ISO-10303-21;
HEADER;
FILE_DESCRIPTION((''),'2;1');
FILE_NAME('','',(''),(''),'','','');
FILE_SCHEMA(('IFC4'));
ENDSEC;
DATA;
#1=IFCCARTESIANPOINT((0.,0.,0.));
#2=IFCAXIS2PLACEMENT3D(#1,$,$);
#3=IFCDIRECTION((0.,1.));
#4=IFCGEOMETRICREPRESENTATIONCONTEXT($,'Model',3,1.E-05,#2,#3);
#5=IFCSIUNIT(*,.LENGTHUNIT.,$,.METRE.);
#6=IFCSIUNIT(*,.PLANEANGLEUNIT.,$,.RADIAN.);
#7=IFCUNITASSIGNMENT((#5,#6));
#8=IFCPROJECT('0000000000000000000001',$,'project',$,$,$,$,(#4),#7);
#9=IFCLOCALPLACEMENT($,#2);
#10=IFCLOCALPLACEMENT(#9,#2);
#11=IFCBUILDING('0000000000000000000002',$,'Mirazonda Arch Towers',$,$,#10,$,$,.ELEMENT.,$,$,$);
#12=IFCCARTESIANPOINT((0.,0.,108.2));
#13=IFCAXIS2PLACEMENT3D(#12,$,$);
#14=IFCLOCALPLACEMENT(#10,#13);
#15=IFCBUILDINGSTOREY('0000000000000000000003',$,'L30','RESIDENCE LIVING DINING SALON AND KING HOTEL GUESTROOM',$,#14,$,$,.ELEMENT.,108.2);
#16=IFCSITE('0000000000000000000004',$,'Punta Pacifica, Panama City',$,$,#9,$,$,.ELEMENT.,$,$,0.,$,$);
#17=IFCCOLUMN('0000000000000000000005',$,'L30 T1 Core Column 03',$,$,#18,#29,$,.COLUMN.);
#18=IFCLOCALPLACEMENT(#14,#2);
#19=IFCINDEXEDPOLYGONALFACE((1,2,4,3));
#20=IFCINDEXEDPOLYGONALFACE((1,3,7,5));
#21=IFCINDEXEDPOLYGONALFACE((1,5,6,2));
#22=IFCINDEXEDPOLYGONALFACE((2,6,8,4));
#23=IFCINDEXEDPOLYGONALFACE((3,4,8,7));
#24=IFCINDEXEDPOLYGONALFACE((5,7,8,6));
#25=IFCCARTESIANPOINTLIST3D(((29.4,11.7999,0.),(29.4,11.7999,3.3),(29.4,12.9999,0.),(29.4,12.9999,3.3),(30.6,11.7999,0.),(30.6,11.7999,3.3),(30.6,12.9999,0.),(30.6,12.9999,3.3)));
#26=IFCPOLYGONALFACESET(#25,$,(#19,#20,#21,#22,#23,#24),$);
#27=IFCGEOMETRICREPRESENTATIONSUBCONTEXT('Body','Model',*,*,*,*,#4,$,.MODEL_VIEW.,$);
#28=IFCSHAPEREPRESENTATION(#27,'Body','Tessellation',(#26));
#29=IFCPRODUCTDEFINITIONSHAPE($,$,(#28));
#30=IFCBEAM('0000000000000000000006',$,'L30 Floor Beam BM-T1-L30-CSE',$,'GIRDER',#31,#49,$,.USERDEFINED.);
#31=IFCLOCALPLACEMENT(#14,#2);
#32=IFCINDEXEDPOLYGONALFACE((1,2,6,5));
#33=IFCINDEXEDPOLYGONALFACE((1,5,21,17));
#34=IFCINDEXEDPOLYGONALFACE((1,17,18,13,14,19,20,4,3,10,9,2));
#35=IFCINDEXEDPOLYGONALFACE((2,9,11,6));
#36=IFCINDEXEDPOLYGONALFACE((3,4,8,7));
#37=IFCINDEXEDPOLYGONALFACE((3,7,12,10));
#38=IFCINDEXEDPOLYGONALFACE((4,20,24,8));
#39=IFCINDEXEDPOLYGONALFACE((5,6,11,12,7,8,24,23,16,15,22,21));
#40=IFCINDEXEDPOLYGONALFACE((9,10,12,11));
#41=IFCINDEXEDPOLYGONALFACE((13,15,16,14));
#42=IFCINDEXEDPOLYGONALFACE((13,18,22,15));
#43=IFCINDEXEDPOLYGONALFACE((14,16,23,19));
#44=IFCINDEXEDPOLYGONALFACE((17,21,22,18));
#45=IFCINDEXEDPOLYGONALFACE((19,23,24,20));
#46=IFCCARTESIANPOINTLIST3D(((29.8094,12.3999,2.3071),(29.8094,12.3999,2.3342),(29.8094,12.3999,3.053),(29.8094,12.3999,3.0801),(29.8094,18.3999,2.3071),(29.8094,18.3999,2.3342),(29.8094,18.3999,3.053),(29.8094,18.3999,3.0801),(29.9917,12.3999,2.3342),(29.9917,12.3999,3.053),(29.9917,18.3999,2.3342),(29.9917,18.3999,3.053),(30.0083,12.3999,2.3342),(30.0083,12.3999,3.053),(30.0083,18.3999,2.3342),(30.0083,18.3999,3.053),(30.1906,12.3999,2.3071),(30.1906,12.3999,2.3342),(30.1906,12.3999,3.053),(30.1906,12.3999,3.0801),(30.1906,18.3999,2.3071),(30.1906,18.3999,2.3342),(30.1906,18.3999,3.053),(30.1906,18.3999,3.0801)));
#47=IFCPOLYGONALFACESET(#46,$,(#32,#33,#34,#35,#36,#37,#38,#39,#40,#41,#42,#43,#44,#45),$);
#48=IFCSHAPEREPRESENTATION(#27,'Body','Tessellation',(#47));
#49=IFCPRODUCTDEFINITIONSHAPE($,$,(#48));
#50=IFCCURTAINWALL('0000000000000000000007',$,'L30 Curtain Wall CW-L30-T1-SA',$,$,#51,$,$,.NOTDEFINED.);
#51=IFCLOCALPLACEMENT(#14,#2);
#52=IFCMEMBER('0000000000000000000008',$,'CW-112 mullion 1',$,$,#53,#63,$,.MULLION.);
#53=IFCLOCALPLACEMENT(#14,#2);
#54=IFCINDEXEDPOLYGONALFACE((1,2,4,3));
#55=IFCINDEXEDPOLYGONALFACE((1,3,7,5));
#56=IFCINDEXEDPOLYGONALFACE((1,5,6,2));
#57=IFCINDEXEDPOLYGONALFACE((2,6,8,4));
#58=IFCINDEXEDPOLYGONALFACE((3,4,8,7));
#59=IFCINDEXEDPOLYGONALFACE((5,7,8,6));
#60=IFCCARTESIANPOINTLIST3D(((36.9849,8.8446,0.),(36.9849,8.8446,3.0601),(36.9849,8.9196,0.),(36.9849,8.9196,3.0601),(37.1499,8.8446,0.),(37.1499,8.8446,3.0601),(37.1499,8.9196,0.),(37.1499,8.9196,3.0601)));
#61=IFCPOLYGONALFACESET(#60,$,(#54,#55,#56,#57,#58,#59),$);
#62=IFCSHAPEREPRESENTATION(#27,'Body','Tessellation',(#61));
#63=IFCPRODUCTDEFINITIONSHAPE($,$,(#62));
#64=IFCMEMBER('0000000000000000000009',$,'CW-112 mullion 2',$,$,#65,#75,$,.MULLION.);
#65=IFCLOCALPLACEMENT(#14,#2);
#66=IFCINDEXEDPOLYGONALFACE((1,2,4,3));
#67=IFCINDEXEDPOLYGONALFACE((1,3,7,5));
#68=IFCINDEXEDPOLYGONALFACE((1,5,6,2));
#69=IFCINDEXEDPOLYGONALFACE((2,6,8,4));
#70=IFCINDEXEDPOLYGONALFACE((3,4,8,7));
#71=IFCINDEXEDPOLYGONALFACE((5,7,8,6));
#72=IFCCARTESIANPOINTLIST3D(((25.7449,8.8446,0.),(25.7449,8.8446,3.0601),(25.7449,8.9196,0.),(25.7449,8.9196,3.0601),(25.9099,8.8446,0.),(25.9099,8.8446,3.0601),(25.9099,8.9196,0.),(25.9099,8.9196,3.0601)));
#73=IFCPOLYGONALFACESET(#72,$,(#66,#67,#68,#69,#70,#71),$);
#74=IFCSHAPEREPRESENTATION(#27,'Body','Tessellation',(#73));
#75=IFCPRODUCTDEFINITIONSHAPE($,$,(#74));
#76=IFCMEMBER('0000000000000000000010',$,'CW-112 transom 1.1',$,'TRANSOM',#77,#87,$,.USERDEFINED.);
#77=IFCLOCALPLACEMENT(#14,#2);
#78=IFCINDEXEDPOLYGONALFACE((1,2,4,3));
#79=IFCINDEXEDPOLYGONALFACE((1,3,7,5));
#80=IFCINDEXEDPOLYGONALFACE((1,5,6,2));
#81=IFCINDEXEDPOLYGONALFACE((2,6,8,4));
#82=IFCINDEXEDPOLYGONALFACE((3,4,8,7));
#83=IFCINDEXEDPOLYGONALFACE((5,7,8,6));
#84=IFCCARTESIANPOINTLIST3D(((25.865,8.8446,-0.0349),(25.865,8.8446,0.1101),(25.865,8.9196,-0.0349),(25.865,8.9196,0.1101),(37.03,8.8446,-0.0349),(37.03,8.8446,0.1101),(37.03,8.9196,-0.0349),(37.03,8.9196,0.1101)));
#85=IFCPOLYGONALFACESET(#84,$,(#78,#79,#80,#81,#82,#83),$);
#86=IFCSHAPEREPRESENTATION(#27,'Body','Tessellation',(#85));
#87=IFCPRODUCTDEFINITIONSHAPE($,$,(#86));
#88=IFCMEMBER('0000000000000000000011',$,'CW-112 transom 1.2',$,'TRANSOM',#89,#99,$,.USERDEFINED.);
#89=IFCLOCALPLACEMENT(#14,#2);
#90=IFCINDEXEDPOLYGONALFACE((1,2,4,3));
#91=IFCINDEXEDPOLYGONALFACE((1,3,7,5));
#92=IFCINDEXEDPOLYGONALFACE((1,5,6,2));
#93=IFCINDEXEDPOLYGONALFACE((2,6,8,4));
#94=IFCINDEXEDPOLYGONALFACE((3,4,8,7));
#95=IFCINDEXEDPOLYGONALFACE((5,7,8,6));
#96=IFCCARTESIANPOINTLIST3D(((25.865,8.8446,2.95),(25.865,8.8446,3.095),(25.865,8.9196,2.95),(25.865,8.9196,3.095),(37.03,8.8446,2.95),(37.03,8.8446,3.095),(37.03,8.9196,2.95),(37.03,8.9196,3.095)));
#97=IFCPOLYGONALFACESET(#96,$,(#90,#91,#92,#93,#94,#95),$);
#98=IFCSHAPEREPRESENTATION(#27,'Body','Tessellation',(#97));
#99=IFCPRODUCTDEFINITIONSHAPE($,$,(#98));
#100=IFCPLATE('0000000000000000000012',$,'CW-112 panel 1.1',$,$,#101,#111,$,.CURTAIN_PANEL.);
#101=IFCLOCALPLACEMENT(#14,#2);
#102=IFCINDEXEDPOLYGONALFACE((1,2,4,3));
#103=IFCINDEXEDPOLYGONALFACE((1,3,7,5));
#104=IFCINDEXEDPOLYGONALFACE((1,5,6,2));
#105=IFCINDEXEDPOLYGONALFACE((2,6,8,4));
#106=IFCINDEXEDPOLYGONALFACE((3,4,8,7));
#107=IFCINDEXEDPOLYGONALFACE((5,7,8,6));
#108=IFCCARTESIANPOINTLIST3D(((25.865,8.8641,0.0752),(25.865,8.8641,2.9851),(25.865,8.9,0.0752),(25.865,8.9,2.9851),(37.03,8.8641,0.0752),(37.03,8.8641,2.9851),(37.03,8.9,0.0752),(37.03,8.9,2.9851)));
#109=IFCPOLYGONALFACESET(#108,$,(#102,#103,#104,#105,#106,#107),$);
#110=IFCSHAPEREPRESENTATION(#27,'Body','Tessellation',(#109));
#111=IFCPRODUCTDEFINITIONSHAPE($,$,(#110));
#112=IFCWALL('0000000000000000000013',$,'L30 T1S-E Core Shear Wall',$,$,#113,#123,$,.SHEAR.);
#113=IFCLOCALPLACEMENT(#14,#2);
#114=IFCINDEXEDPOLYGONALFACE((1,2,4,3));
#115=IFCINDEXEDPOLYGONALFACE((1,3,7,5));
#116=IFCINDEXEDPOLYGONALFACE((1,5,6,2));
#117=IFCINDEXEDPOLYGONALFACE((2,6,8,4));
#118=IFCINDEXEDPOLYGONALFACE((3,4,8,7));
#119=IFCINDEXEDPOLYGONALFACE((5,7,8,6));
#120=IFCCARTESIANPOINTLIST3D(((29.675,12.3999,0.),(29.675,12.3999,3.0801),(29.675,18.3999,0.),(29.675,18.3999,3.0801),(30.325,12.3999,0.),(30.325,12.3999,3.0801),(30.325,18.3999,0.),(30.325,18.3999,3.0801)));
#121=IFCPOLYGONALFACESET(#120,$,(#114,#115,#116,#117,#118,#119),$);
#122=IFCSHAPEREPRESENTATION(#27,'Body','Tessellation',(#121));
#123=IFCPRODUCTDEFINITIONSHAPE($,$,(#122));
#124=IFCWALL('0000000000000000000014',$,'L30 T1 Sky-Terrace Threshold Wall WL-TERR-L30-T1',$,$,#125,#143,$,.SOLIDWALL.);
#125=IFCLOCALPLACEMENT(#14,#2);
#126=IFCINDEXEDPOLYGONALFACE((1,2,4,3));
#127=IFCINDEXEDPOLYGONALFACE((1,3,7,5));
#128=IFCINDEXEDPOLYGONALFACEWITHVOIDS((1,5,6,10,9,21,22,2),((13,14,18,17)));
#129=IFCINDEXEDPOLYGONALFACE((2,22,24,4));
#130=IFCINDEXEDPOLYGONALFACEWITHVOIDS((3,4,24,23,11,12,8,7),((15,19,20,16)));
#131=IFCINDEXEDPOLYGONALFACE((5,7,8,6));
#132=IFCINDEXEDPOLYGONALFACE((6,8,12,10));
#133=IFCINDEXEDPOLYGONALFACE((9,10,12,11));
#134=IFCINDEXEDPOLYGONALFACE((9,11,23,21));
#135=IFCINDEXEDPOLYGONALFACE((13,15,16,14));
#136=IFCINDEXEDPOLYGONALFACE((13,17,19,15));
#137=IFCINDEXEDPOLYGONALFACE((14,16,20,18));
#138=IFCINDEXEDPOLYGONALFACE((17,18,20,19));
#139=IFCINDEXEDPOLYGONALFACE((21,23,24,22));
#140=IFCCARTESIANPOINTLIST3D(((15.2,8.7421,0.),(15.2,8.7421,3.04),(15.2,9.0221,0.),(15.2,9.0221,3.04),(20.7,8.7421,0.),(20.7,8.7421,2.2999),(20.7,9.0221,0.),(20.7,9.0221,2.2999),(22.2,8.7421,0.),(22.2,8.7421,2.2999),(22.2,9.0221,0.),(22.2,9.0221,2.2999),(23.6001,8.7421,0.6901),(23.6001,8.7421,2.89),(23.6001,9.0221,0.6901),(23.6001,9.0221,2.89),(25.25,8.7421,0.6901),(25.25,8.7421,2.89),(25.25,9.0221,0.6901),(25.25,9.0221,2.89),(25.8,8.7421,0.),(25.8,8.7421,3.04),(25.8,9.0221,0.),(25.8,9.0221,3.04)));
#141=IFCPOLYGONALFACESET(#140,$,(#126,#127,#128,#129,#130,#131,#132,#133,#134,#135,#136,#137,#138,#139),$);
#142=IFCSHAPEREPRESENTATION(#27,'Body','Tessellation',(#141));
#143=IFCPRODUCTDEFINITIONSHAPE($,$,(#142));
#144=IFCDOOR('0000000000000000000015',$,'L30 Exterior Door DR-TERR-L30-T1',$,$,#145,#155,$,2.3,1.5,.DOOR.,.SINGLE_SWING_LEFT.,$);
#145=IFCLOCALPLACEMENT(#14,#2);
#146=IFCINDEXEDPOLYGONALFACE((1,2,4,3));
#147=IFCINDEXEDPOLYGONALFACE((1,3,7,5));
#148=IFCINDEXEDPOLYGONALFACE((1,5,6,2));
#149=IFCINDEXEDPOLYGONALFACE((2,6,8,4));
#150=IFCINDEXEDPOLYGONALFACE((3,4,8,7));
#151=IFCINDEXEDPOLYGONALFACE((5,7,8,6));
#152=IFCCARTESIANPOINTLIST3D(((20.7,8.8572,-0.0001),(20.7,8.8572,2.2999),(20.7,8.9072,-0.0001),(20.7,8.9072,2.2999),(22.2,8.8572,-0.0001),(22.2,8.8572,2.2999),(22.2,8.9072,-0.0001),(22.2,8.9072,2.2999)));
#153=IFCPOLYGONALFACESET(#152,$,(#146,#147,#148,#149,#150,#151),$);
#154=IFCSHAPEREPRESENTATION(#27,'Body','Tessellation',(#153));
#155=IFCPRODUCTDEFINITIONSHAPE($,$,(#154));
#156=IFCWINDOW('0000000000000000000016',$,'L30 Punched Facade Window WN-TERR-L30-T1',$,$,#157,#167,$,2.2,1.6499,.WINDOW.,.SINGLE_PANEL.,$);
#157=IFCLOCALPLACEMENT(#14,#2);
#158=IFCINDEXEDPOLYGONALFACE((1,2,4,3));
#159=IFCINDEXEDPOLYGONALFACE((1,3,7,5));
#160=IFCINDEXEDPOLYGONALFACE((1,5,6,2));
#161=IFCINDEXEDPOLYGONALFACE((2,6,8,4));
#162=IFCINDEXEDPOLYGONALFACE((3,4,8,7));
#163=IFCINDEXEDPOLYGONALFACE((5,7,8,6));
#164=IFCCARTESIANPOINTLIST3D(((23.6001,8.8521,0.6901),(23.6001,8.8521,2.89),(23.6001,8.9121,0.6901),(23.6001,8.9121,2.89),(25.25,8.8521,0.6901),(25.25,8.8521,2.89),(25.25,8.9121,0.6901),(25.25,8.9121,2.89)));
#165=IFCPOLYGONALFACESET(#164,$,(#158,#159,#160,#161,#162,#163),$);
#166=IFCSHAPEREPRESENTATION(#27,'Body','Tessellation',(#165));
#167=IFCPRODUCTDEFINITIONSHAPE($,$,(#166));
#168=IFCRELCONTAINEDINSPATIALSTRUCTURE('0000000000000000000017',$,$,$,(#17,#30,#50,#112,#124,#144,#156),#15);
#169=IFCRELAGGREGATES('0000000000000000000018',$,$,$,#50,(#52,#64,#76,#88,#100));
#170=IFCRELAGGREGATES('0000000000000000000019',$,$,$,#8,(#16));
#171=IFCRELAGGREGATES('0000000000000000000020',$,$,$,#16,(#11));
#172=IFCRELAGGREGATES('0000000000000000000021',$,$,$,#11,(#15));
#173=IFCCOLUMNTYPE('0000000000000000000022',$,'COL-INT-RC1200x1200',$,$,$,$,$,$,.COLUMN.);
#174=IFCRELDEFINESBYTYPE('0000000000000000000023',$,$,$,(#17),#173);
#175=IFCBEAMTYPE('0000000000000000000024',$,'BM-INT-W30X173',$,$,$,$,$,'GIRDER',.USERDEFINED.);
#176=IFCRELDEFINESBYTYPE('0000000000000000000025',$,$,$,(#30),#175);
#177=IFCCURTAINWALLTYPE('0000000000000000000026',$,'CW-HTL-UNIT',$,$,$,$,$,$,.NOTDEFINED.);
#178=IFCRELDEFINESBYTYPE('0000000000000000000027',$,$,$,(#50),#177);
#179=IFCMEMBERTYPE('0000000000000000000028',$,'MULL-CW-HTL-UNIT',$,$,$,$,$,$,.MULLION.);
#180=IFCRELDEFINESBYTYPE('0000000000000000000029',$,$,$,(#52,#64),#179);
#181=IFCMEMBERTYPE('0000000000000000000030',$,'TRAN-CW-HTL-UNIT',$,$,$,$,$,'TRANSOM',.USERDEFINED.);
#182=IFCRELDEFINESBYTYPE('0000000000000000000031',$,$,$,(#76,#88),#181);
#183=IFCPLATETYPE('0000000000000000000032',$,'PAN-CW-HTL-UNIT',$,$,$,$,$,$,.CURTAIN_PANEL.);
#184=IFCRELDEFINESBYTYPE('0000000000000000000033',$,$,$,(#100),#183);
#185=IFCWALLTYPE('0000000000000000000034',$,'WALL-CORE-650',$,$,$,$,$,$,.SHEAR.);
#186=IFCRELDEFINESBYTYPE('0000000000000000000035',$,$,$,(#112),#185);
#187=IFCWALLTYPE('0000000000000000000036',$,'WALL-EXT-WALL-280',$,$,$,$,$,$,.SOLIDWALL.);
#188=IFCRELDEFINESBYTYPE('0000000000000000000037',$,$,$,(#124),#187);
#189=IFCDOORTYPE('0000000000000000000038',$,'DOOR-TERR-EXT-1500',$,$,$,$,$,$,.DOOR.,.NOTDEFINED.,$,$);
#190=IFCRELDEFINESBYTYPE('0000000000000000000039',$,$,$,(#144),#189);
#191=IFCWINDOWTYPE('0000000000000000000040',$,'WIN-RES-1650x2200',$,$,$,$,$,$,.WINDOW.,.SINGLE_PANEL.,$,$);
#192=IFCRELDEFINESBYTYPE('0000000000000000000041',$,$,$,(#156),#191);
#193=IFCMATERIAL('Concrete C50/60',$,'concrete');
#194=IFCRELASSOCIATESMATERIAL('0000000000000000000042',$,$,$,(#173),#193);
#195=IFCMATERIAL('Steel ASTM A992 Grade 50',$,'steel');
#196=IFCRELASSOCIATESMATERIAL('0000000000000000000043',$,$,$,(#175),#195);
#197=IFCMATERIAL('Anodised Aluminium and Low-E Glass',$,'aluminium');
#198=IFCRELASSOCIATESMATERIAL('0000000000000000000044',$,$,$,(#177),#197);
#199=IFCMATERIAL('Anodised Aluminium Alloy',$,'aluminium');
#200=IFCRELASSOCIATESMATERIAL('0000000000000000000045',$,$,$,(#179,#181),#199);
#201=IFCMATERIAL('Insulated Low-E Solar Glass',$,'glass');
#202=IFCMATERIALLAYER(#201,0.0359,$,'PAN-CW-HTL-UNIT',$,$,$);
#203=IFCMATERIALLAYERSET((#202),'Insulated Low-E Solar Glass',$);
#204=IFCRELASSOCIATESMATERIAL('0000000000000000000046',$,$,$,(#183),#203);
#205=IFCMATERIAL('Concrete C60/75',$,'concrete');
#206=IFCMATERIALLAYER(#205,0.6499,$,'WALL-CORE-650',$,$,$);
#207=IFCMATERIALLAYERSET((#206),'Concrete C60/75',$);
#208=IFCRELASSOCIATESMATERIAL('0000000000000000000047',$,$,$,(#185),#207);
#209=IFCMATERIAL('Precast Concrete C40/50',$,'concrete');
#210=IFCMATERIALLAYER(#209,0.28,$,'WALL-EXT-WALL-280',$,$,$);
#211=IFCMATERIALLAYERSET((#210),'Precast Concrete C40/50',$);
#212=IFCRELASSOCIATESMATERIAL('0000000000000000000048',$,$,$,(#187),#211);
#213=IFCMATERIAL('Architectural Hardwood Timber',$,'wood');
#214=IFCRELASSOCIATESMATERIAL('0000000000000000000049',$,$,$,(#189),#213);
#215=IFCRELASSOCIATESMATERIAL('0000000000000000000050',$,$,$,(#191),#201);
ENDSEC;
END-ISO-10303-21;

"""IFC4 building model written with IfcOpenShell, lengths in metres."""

from ifc_helpers import new_model, si_unit, direction, frame, frame_2d, origin, origin_2d, place, context, subcontext, project, spatial, rectangle, i_section, extrude, material, layer, layer_set, material_profile, profile_set, type_object, element, fill, aggregate, save


model = new_model("IFC4")

# Units and contexts
model_context = context("Model", 3, precision=1e-05, world=origin(), true_north=direction((0.0, 1.0)))
body_context = subcontext(model_context, "Body", "Model", "MODEL_VIEW")
ifc_project = project(units=[si_unit("LENGTHUNIT", "METRE"), si_unit("PLANEANGLEUNIT", "RADIAN")], contexts=[model_context])

# Site, building, storey
site_placement = place(None, origin())
site = spatial("IfcSite", under=ifc_project, at=site_placement, Name="Punta Pacifica, Panama City", CompositionType="ELEMENT", RefElevation=0.0)
building_placement = place(site_placement, origin())
building = spatial("IfcBuilding", under=site, at=building_placement, Name="Mirazonda Arch Towers", CompositionType="ELEMENT")
storey_placement = place(building_placement, frame((0.0, 0.0, 108.2)))
storey = spatial("IfcBuildingStorey", under=building, at=storey_placement, Name="L30", Description="RESIDENCE LIVING DINING SALON AND KING HOTEL GUESTROOM", CompositionType="ELEMENT", Elevation=108.2)

# Column
ifc_material_1 = material(Name="Concrete C50/60", Category="concrete")
ifc_material_profile_1 = material_profile(ifc_material_1, rectangle(XDim=1.2, YDim=1.2, at=origin_2d()), Name="RC1200x1200")
ifc_profile_set_1 = profile_set([ifc_material_profile_1], Name="Concrete C50/60")
column_type = type_object("IfcColumnType", Name="COL-INT-RC1200x1200", PredefinedType="COLUMN", material=ifc_profile_set_1)
column_placement = place(storey_placement, frame((30.0, 12.3999, 0.0), z_axis=(0.0, 0.0, 1.0), x_axis=(1.0, 0.0, 0.0)))
element("IfcColumn", 1, at=column_placement, inside=storey, type_object=column_type, Name="L30 T1 Core Column 03", PredefinedType="COLUMN", context=body_context, shape_type="SweptSolid", body=[
    extrude(rectangle(XDim=1.2, YDim=1.2, at=origin_2d()), origin(), (0.0, 0.0, 1.0), 3.3),
])

# Beam
ifc_material_2 = material(Name="Steel ASTM A992 Grade 50", Category="steel")
ifc_material_profile_2 = material_profile(ifc_material_2, i_section(OverallWidth=0.3811, OverallDepth=0.7729, WebThickness=0.0166, FlangeThickness=0.0271, at=origin_2d()), Name="W30X173")
ifc_profile_set_2 = profile_set([ifc_material_profile_2], Name="Steel ASTM A992 Grade 50")
beam_type = type_object("IfcBeamType", Name="BM-INT-W30X173", ElementType="GIRDER", PredefinedType="USERDEFINED", material=ifc_profile_set_2)
beam_placement = place(storey_placement, frame((30.0, 12.3999, 2.6936), z_axis=(0.0, 1.0, 0.0), x_axis=(-1.0, 0.0, 0.0)))
element("IfcBeam", 2, at=beam_placement, inside=storey, type_object=beam_type, Name="L30 Floor Beam BM-T1-L30-CSE", ObjectType="GIRDER", PredefinedType="USERDEFINED", context=body_context, shape_type="SweptSolid", body=[
    extrude(i_section(OverallWidth=0.3811, OverallDepth=0.7729, WebThickness=0.0166, FlangeThickness=0.0271, at=origin_2d()), origin(), (0.0, 0.0, 1.0), 6.0),
])

# Curtain wall, members, plate
ifc_material_3 = material(Name="Anodised Aluminium and Low-E Glass", Category="aluminium")
curtain_wall_type = type_object("IfcCurtainWallType", Name="CW-HTL-UNIT", PredefinedType="NOTDEFINED", material=ifc_material_3)
curtain_wall_placement = place(storey_placement, origin())
curtain_wall = element("IfcCurtainWall", 3, at=curtain_wall_placement, inside=storey, type_object=curtain_wall_type, Name="L30 Curtain Wall CW-L30-T1-SA", PredefinedType="NOTDEFINED")
ifc_material_4 = material(Name="Anodised Aluminium Alloy", Category="aluminium")
ifc_material_profile_3 = material_profile(ifc_material_4, rectangle(XDim=0.075, YDim=0.165, at=origin_2d()), Name="ALU-MULL-75x165")
ifc_profile_set_3 = profile_set([ifc_material_profile_3], Name="Anodised Aluminium Alloy")
member_type_1 = type_object("IfcMemberType", Name="MULL-CW-HTL-UNIT", PredefinedType="MULLION", material=ifc_profile_set_3)
member_1_placement = place(storey_placement, frame((37.0674, 8.8821, 0.0), z_axis=(0.0, 0.0, 1.0), x_axis=(0.0, -1.0, 0.0)))
member_1 = element("IfcMember", 4, at=member_1_placement, type_object=member_type_1, Name="CW-112 mullion 1", PredefinedType="MULLION", context=body_context, shape_type="SweptSolid", body=[
    extrude(rectangle(XDim=0.075, YDim=0.165, at=origin_2d()), origin(), (0.0, 0.0, 1.0), 3.0601),
])
member_2_placement = place(storey_placement, frame((25.8274, 8.8821, 0.0), z_axis=(0.0, 0.0, 1.0), x_axis=(0.0, -1.0, 0.0)))
member_2 = element("IfcMember", 5, at=member_2_placement, type_object=member_type_1, Name="CW-112 mullion 2", PredefinedType="MULLION", context=body_context, shape_type="SweptSolid", body=[
    extrude(rectangle(XDim=0.075, YDim=0.165, at=origin_2d()), origin(), (0.0, 0.0, 1.0), 3.0601),
])
ifc_material_profile_4 = material_profile(ifc_material_4, rectangle(XDim=0.075, YDim=0.145, at=origin_2d()), Name="ALU-TRAN-75x145")
ifc_profile_set_4 = profile_set([ifc_material_profile_4], Name="Anodised Aluminium Alloy")
member_type_2 = type_object("IfcMemberType", Name="TRAN-CW-HTL-UNIT", ElementType="TRANSOM", PredefinedType="USERDEFINED", material=ifc_profile_set_4)
member_3_placement = place(storey_placement, frame((37.03, 8.8821, 0.0376), z_axis=(-1.0, 0.0, 0.0), x_axis=(0.0, -1.0, 0.0)))
member_3 = element("IfcMember", 6, at=member_3_placement, type_object=member_type_2, Name="CW-112 transom 1.1", ObjectType="TRANSOM", PredefinedType="USERDEFINED", context=body_context, shape_type="SweptSolid", body=[
    extrude(rectangle(XDim=0.075, YDim=0.145, at=origin_2d()), origin(), (0.0, 0.0, 1.0), 11.165),
])
member_4_placement = place(storey_placement, frame((37.03, 8.8821, 3.0225), z_axis=(-1.0, 0.0, 0.0), x_axis=(0.0, -1.0, 0.0)))
member_4 = element("IfcMember", 7, at=member_4_placement, type_object=member_type_2, Name="CW-112 transom 1.2", ObjectType="TRANSOM", PredefinedType="USERDEFINED", context=body_context, shape_type="SweptSolid", body=[
    extrude(rectangle(XDim=0.075, YDim=0.145, at=origin_2d()), origin(), (0.0, 0.0, 1.0), 11.165),
])
ifc_material_5 = material(Name="Insulated Low-E Solar Glass", Category="glass")
ifc_layer_1 = layer(ifc_material_5, 0.0359, Name="PAN-CW-HTL-UNIT")
ifc_layer_set_1 = layer_set([ifc_layer_1], Name="Insulated Low-E Solar Glass")
plate_type = type_object("IfcPlateType", Name="PAN-CW-HTL-UNIT", PredefinedType="CURTAIN_PANEL", material=ifc_layer_set_1)
plate_placement = place(storey_placement, frame((31.4475, 8.8821, 0.0752), z_axis=(0.0, 0.0, 1.0), x_axis=(-1.0, 0.0, 0.0)))
plate = element("IfcPlate", 8, at=plate_placement, type_object=plate_type, Name="CW-112 panel 1.1", PredefinedType="CURTAIN_PANEL", context=body_context, shape_type="SweptSolid", body=[
    extrude(rectangle(XDim=11.165, YDim=0.0359, at=origin_2d()), origin(), (0.0, 0.0, 1.0), 2.9099),
])
aggregate(curtain_wall, [member_1, member_2, member_3, member_4, plate])

# Wall
ifc_material_6 = material(Name="Concrete C60/75", Category="concrete")
ifc_layer_2 = layer(ifc_material_6, 0.6499, Name="WALL-CORE-650")
ifc_layer_set_2 = layer_set([ifc_layer_2], Name="Concrete C60/75")
wall_type_1 = type_object("IfcWallType", Name="WALL-CORE-650", PredefinedType="SHEAR", material=ifc_layer_set_2)
wall_1_placement = place(storey_placement, frame((30.0, 12.3999, 0.0), z_axis=(0.0, 0.0, 1.0), x_axis=(0.0, 1.0, 0.0)))
element("IfcWall", 9, at=wall_1_placement, inside=storey, type_object=wall_type_1, Name="L30 T1S-E Core Shear Wall", PredefinedType="SHEAR", context=body_context, shape_type="SweptSolid", body=[
    extrude(rectangle(XDim=6.0, YDim=0.6499, at=frame_2d((3.0, 0.0))), origin(), (0.0, 0.0, 1.0), 3.0801),
])

# Wall, openings, door, window
ifc_material_7 = material(Name="Precast Concrete C40/50", Category="concrete")
ifc_layer_3 = layer(ifc_material_7, 0.28, Name="WALL-EXT-WALL-280")
ifc_layer_set_3 = layer_set([ifc_layer_3], Name="Precast Concrete C40/50")
wall_type_2 = type_object("IfcWallType", Name="WALL-EXT-WALL-280", PredefinedType="SOLIDWALL", material=ifc_layer_set_3)
wall_2_placement = place(storey_placement, frame((25.8, 8.8821, 0.0), z_axis=(0.0, 0.0, 1.0), x_axis=(-1.0, 0.0, 0.0)))
wall_2 = element("IfcWall", 10, at=wall_2_placement, inside=storey, type_object=wall_type_2, Name="L30 T1 Sky-Terrace Threshold Wall WL-TERR-L30-T1", PredefinedType="SOLIDWALL", context=body_context, shape_type="SweptSolid", body=[
    extrude(rectangle(XDim=10.6001, YDim=0.28, at=frame_2d((5.3, 0.0))), origin(), (0.0, 0.0, 1.0), 3.04),
])
opening_1_placement = place(wall_2_placement, frame((0.55, 0.0, 0.6899)))
opening_1 = element("IfcOpeningElement", 11, at=opening_1_placement, cuts=wall_2, PredefinedType="OPENING", context=body_context, shape_type="SweptSolid", body=[
    extrude(rectangle(XDim=1.6499, YDim=2.2, at=frame_2d((0.825, 1.1001))), frame((0.0, 0.1499, 0.0), z_axis=(0.0, -1.0, 0.0), x_axis=(1.0, 0.0, 0.0)), (0.0, 0.0, 1.0), 0.3),
])
opening_2_placement = place(wall_2_placement, frame((3.6001, 0.0, 0.0)))
opening_2 = element("IfcOpeningElement", 12, at=opening_2_placement, cuts=wall_2, PredefinedType="OPENING", context=body_context, shape_type="SweptSolid", body=[
    extrude(rectangle(XDim=1.5, YDim=2.3, at=frame_2d((0.75, 1.1499))), frame((0.0, 0.1499, 0.0), z_axis=(0.0, -1.0, 0.0), x_axis=(1.0, 0.0, 0.0)), (0.0, 0.0, 1.0), 0.3),
])
ifc_material_8 = material(Name="Architectural Hardwood Timber", Category="wood")
door_type_1 = type_object("IfcDoorType", Name="DOOR-TERR-EXT-1500", OperationType="NOTDEFINED", PredefinedType="DOOR", material=ifc_material_8)
door_1_placement = place(opening_2_placement, origin())
door_1 = element("IfcDoor", 13, at=door_1_placement, inside=storey, type_object=door_type_1, Name="L30 Exterior Door DR-TERR-L30-T1", OperationType="SINGLE_SWING_LEFT", OverallHeight=2.3, OverallWidth=1.5, PredefinedType="DOOR", context=body_context, shape_type="SweptSolid", body=[
    extrude(rectangle(XDim=1.5, YDim=2.3, at=frame_2d((0.75, 1.1499))), frame((0.0, 0.0249, 0.0), z_axis=(0.0, -1.0, 0.0), x_axis=(1.0, 0.0, 0.0)), (0.0, 0.0, 1.0), 0.05),
])
fill(opening_2, door_1)
window_type = type_object("IfcWindowType", Name="WIN-RES-1650x2200", PartitioningType="SINGLE_PANEL", PredefinedType="WINDOW", material=ifc_material_5)
window_placement = place(opening_1_placement, origin())
window = element("IfcWindow", 14, at=window_placement, inside=storey, type_object=window_type, Name="L30 Punched Facade Window WN-TERR-L30-T1", OverallHeight=2.2, OverallWidth=1.6499, PartitioningType="SINGLE_PANEL", PredefinedType="WINDOW", context=body_context, shape_type="SweptSolid", body=[
    extrude(rectangle(XDim=1.6499, YDim=2.2, at=frame_2d((0.825, 1.1001))), frame((0.0, 0.03, 0.0), z_axis=(0.0, -1.0, 0.0), x_axis=(1.0, 0.0, 0.0)), (0.0, 0.0, 1.0), 0.0601),
])
fill(opening_1, window)

save(model, "model.ifc")
